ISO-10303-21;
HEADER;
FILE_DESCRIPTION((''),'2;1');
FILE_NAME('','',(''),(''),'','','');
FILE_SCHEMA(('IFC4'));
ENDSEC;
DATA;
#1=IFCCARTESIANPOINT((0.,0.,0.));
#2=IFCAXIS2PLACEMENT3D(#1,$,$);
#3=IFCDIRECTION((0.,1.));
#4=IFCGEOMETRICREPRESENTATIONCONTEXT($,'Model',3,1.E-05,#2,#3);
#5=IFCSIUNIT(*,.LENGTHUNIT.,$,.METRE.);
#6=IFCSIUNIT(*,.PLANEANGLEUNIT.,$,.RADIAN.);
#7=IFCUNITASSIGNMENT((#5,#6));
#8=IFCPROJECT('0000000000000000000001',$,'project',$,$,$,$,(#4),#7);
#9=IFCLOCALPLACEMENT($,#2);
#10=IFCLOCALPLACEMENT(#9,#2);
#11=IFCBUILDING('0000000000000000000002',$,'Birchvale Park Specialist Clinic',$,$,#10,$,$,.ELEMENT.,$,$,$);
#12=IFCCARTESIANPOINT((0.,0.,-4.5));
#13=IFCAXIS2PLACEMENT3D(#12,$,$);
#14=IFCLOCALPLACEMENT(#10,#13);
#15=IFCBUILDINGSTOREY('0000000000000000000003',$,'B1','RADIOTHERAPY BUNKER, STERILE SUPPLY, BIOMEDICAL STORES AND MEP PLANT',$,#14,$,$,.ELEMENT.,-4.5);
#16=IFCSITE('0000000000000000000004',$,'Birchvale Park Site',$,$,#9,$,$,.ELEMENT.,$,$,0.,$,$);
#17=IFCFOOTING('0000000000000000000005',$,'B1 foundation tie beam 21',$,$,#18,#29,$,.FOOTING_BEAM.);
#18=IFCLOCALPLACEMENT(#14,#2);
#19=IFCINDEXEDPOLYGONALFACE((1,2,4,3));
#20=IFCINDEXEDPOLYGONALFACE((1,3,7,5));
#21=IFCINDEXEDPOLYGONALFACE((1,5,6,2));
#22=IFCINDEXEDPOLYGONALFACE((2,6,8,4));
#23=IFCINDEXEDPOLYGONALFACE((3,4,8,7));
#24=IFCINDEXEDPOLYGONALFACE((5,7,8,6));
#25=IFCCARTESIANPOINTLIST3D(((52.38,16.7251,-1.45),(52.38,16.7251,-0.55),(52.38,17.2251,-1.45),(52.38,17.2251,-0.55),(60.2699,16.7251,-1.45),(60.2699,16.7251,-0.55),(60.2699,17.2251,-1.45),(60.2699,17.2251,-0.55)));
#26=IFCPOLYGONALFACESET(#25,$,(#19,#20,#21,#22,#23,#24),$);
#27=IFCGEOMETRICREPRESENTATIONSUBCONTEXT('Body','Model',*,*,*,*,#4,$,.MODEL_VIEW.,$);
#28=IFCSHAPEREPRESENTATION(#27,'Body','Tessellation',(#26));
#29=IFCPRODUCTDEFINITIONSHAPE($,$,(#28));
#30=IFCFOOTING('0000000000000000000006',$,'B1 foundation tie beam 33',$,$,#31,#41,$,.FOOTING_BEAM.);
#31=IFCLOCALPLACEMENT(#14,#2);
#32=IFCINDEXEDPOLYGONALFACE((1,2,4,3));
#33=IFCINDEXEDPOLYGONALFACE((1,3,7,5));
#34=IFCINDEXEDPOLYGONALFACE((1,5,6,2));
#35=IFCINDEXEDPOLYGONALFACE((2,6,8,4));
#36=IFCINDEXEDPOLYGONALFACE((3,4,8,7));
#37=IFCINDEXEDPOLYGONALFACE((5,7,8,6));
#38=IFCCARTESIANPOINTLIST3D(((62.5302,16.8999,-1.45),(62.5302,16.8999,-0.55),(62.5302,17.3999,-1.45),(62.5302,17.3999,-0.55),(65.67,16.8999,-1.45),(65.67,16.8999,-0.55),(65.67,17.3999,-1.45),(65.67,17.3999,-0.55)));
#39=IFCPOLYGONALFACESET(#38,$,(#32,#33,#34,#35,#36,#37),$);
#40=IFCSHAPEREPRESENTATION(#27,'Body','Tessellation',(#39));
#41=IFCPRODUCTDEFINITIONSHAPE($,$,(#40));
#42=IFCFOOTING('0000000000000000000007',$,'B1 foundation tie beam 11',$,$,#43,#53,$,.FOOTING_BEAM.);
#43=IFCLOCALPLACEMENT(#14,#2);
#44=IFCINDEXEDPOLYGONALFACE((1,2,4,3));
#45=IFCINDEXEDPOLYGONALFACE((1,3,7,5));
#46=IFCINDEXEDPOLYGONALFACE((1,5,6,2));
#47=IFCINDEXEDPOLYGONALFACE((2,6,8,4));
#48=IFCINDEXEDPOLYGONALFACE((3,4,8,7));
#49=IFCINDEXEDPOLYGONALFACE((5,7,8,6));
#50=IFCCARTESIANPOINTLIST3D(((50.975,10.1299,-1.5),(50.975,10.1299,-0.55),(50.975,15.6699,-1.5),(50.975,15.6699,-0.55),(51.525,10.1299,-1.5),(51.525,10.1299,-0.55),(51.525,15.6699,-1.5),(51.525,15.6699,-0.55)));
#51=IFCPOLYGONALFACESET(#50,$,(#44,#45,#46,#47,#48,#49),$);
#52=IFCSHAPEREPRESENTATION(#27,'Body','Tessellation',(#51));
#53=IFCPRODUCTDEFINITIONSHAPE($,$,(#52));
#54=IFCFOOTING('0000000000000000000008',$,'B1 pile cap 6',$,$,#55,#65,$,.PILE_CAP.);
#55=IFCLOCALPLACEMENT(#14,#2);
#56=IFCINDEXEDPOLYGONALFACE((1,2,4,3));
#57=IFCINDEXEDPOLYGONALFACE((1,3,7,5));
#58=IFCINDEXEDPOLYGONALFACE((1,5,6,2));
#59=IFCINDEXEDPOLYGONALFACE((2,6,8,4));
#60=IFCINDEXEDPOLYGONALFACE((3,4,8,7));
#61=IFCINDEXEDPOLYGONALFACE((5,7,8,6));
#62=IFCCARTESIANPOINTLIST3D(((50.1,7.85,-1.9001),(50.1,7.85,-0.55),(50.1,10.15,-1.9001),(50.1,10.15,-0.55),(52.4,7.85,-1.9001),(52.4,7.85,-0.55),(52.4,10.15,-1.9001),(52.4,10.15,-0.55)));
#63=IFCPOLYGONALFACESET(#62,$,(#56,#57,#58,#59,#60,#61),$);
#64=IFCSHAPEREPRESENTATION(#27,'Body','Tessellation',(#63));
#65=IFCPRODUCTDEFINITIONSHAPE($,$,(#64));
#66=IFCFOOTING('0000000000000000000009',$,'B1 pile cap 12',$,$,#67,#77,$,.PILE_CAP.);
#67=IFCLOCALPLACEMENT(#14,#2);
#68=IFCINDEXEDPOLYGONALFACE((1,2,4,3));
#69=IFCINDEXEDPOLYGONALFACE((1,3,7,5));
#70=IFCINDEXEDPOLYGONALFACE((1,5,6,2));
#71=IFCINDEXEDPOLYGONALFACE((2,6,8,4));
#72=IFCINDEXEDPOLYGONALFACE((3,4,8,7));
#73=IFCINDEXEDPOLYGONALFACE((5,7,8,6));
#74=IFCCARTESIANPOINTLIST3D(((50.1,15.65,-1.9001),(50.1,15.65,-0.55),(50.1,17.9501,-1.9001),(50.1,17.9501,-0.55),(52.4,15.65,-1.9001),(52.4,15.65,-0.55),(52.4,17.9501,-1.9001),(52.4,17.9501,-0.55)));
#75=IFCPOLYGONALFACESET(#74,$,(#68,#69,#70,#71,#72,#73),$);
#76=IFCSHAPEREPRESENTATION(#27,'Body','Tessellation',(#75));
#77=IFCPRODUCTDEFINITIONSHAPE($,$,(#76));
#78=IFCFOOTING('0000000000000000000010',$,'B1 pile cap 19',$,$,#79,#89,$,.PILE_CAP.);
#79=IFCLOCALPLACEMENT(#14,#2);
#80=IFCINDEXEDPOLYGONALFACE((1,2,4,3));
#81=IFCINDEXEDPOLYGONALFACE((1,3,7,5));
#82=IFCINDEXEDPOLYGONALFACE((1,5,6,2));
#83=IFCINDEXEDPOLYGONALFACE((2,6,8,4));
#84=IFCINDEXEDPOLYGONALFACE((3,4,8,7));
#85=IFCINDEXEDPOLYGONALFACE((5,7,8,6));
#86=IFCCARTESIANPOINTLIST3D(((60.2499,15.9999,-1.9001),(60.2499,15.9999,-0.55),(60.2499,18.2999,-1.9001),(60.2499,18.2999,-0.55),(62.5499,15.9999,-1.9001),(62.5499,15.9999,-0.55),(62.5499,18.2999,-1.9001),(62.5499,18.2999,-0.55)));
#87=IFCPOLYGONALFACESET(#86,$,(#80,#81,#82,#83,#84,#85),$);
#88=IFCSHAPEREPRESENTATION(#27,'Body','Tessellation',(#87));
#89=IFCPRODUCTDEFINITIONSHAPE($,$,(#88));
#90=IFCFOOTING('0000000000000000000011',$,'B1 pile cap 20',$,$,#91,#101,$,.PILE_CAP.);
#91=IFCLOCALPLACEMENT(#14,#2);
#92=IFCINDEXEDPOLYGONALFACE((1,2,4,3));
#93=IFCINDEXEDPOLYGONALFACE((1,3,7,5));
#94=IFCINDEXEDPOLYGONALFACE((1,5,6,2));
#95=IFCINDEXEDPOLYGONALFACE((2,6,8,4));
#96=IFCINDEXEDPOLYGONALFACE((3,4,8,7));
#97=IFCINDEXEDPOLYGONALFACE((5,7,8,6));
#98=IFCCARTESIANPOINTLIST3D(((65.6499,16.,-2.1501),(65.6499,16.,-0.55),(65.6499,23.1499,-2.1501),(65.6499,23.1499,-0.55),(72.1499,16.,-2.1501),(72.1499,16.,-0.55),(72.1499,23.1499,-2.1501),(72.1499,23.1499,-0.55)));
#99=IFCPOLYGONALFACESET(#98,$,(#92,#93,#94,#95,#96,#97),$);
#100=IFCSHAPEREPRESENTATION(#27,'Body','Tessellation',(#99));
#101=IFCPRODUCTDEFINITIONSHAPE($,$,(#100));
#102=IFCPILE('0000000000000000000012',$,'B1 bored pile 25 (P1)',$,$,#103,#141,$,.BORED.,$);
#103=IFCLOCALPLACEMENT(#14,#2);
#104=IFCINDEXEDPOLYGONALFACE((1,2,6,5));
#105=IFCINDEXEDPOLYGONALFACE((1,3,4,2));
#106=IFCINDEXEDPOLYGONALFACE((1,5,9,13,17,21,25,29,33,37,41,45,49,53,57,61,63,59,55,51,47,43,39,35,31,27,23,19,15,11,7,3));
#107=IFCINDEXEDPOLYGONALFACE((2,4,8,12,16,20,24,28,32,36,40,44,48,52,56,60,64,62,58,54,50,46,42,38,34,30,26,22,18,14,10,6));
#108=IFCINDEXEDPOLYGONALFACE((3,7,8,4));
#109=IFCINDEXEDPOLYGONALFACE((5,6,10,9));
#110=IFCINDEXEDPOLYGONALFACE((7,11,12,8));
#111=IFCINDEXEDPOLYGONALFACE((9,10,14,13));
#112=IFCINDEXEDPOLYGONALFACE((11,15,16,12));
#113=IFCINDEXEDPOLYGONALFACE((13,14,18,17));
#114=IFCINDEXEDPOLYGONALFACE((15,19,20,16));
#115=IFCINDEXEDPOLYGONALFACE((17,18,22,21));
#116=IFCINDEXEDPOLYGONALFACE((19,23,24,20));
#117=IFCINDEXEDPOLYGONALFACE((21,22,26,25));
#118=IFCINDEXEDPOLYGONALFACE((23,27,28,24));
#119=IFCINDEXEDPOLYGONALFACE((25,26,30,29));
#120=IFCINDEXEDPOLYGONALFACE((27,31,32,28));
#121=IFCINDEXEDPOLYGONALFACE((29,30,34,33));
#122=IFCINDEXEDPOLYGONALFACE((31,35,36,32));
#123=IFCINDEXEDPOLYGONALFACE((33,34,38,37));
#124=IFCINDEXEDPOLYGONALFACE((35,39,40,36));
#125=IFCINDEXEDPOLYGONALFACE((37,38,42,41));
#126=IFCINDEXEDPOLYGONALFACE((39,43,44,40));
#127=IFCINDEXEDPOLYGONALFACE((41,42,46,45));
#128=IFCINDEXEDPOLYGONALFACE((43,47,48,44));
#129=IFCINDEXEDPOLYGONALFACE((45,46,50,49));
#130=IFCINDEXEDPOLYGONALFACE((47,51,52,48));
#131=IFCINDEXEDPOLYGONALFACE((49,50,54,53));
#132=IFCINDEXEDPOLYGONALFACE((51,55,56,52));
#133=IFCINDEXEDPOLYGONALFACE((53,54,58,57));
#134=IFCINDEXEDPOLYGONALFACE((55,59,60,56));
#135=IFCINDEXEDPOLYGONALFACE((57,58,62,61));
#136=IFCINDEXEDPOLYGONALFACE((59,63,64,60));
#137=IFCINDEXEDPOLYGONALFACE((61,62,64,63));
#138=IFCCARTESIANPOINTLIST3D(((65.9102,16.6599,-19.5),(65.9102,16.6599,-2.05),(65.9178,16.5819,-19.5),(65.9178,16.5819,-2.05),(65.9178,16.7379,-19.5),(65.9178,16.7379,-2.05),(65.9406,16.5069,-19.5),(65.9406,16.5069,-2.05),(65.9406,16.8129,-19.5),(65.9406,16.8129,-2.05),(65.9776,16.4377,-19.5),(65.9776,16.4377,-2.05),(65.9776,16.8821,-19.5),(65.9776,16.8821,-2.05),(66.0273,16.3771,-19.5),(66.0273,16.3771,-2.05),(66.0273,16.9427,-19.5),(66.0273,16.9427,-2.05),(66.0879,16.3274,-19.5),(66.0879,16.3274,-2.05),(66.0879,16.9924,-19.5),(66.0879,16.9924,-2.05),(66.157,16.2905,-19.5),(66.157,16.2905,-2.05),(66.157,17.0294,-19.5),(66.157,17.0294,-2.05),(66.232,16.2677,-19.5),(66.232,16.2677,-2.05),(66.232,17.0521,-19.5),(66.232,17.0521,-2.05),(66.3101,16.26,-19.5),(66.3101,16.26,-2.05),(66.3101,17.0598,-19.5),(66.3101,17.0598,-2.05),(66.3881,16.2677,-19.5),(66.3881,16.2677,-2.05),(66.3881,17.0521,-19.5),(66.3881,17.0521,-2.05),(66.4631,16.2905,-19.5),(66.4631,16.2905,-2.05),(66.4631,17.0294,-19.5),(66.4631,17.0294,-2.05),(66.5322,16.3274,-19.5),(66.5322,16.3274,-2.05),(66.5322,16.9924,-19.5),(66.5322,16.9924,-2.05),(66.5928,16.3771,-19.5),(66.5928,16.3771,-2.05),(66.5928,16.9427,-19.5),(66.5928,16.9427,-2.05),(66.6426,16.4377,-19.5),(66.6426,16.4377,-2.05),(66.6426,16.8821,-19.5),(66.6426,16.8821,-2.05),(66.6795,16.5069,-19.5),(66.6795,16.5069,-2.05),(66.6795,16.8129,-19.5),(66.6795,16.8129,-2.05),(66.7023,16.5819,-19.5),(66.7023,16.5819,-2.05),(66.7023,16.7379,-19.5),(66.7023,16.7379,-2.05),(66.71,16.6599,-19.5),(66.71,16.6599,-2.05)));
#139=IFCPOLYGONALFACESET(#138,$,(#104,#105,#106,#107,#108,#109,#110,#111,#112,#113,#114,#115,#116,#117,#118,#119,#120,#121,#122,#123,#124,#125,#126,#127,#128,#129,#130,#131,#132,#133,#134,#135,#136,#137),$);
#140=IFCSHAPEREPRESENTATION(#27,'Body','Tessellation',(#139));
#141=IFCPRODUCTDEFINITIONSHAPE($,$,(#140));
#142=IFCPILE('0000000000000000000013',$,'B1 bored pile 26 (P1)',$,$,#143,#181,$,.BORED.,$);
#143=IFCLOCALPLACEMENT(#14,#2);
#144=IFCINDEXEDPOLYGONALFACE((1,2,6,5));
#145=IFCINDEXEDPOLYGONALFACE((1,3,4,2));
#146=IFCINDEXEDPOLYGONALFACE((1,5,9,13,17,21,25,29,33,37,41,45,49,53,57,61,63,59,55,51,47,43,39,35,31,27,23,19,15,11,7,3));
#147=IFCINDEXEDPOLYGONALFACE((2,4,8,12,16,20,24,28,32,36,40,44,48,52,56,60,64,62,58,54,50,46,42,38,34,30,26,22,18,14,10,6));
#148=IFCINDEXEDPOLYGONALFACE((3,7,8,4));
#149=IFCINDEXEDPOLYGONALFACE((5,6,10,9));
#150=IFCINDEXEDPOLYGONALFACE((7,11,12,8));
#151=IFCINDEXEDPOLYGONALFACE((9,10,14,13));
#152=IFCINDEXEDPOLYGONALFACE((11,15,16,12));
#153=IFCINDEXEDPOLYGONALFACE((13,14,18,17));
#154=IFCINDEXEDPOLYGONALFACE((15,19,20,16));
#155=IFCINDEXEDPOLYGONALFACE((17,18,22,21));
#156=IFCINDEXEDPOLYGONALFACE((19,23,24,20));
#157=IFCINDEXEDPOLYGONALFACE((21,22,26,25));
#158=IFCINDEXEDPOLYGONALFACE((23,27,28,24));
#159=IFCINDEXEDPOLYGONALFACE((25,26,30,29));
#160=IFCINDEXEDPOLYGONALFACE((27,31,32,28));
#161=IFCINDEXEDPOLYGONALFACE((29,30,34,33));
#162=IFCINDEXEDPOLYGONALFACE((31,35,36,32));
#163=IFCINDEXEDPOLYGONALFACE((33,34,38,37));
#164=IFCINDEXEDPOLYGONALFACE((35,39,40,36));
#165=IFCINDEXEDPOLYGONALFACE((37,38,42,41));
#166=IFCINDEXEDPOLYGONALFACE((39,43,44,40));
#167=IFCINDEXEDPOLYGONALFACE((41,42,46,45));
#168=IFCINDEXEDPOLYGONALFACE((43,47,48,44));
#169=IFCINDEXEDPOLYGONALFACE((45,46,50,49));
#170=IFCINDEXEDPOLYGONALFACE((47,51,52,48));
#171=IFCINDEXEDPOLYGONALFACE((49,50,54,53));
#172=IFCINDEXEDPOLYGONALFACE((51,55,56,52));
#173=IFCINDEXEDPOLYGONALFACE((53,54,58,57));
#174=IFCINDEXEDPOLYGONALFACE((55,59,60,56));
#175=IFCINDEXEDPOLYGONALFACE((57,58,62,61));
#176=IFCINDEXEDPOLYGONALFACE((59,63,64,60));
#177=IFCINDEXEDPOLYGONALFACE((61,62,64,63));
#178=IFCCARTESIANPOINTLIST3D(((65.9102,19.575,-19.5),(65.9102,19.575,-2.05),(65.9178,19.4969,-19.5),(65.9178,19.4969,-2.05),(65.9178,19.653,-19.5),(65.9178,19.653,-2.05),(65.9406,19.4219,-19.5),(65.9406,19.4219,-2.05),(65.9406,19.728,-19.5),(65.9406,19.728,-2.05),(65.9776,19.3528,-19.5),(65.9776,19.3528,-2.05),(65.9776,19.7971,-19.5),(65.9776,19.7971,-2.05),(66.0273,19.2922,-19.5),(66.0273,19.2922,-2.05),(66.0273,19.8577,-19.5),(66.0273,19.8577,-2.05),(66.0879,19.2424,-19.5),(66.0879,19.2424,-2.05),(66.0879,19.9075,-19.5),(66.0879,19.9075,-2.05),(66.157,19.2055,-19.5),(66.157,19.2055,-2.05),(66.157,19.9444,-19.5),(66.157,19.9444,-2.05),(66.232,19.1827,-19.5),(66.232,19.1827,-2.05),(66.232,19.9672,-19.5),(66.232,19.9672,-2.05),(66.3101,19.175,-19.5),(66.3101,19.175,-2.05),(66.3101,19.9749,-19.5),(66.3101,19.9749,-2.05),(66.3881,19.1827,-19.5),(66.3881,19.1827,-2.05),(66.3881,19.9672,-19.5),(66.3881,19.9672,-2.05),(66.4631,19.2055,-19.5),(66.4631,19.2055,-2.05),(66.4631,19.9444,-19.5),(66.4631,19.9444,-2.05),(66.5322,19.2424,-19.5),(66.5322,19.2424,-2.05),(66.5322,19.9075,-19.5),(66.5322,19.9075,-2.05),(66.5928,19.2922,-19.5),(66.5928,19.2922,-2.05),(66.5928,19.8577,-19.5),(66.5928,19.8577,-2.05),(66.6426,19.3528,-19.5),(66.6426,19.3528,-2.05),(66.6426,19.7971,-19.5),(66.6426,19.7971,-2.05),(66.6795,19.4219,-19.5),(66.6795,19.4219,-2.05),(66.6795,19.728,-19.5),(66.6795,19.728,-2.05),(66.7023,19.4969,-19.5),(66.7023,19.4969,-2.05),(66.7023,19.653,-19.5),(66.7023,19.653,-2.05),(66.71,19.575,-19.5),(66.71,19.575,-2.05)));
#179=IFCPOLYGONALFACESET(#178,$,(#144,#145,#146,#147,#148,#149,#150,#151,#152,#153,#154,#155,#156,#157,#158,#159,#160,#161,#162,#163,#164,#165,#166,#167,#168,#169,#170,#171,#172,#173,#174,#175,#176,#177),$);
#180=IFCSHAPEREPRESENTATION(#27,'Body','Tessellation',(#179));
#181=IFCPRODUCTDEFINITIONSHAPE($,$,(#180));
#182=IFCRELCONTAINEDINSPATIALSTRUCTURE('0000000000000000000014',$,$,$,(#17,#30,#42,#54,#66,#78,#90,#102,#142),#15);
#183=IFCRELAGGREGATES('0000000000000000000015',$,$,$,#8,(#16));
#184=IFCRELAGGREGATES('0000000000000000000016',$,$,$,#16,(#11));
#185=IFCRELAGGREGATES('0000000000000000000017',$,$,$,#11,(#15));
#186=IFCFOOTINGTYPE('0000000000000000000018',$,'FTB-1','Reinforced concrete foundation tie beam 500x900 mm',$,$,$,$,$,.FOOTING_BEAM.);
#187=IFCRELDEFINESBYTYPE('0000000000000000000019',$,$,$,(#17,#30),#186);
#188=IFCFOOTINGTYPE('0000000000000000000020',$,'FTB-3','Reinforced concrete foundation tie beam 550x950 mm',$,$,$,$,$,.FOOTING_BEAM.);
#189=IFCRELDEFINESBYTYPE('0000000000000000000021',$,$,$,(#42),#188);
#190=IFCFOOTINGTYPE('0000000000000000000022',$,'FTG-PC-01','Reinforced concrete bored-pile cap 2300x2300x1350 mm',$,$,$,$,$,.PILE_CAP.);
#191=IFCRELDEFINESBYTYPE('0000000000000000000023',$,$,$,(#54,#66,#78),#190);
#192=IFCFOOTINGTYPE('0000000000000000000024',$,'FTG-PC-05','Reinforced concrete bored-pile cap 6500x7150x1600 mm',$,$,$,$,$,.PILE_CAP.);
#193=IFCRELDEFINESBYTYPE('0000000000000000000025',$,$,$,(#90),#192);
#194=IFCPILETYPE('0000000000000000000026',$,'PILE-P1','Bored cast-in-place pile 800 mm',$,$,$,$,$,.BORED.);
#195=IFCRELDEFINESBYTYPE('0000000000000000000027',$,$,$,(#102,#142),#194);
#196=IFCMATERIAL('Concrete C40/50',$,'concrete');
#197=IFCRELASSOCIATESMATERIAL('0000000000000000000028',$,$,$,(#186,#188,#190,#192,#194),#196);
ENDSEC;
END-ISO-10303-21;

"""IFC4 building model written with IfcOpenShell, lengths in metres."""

from ifc_helpers import new_model, si_unit, direction, frame, origin, origin_2d, place, context, subcontext, project, spatial, rectangle, circle, extrude, material, material_profile, profile_set, type_object, element, save


model = new_model("IFC4")

# Units and contexts
model_context = context("Model", 3, precision=1e-05, world=origin(), true_north=direction((0.0, 1.0)))
body_context = subcontext(model_context, "Body", "Model", "MODEL_VIEW")
ifc_project = project(units=[si_unit("LENGTHUNIT", "METRE"), si_unit("PLANEANGLEUNIT", "RADIAN")], contexts=[model_context])

# Site, building, storey
site_placement = place(None, origin())
site = spatial("IfcSite", under=ifc_project, at=site_placement, Name="Birchvale Park Site", CompositionType="ELEMENT", RefElevation=0.0)
building_placement = place(site_placement, origin())
building = spatial("IfcBuilding", under=site, at=building_placement, Name="Birchvale Park Specialist Clinic", CompositionType="ELEMENT")
storey_placement = place(building_placement, frame((0.0, 0.0, -4.5)))
storey = spatial("IfcBuildingStorey", under=building, at=storey_placement, Name="B1", Description="RADIOTHERAPY BUNKER, STERILE SUPPLY, BIOMEDICAL STORES AND MEP PLANT", CompositionType="ELEMENT", Elevation=-4.5)

# Footings
ifc_material_1 = material(Name="Concrete C40/50", Category="concrete")
footing_type_1 = type_object("IfcFootingType", Name="FTB-1", Description="Reinforced concrete foundation tie beam 500x900 mm", PredefinedType="FOOTING_BEAM", material=ifc_material_1)
footing_1_placement = place(storey_placement, frame((56.325, 16.9751, -1.45), z_axis=(0.0, 0.0, 1.0), x_axis=(1.0, 0.0, 0.0)))
element("IfcFooting", 1, at=footing_1_placement, inside=storey, type_object=footing_type_1, Name="B1 foundation tie beam 21", PredefinedType="FOOTING_BEAM", context=body_context, shape_type="SweptSolid", body=[
    extrude(rectangle(XDim=7.8899, YDim=0.5, at=origin_2d()), origin(), (0.0, 0.0, 1.0), 0.8999),
])
footing_2_placement = place(storey_placement, frame((64.1001, 17.1499, -1.45), z_axis=(0.0, 0.0, 1.0), x_axis=(1.0, 0.0, 0.0)))
element("IfcFooting", 2, at=footing_2_placement, inside=storey, type_object=footing_type_1, Name="B1 foundation tie beam 33", PredefinedType="FOOTING_BEAM", context=body_context, shape_type="SweptSolid", body=[
    extrude(rectangle(XDim=3.1399, YDim=0.5, at=origin_2d()), origin(), (0.0, 0.0, 1.0), 0.8999),
])
footing_type_2 = type_object("IfcFootingType", Name="FTB-3", Description="Reinforced concrete foundation tie beam 550x950 mm", PredefinedType="FOOTING_BEAM", material=ifc_material_1)
footing_3_placement = place(storey_placement, frame((51.25, 12.8999, -1.5), z_axis=(0.0, 0.0, 1.0), x_axis=(1.0, 0.0, 0.0)))
element("IfcFooting", 3, at=footing_3_placement, inside=storey, type_object=footing_type_2, Name="B1 foundation tie beam 11", PredefinedType="FOOTING_BEAM", context=body_context, shape_type="SweptSolid", body=[
    extrude(rectangle(XDim=0.55, YDim=5.54, at=origin_2d()), origin(), (0.0, 0.0, 1.0), 0.95),
])
footing_type_3 = type_object("IfcFootingType", Name="FTG-PC-01", Description="Reinforced concrete bored-pile cap 2300x2300x1350 mm", PredefinedType="PILE_CAP", material=ifc_material_1)
for number, where, z_axis, x_axis, name in (
    (4, (51.25, 9.0, -1.9001), (0.0, 0.0, 1.0), (1.0, 0.0, 0.0), "B1 pile cap 6"),
    (5, (51.25, 16.8, -1.9001), (0.0, 0.0, 1.0), (1.0, 0.0, 0.0), "B1 pile cap 12"),
    (6, (61.3999, 17.1499, -1.9001), (0.0, 0.0, 1.0), (1.0, 0.0, 0.0), "B1 pile cap 19"),
):
    element("IfcFooting", number, at=place(storey_placement, frame(where, z_axis=z_axis, x_axis=x_axis)), inside=storey, type_object=footing_type_3, Name=name, PredefinedType="PILE_CAP", context=body_context, shape_type="SweptSolid", body=[
        extrude(rectangle(XDim=2.3, YDim=2.3, at=origin_2d()), origin(), (0.0, 0.0, 1.0), 1.3501),
    ])
footing_type_4 = type_object("IfcFootingType", Name="FTG-PC-05", Description="Reinforced concrete bored-pile cap 6500x7150x1600 mm", PredefinedType="PILE_CAP", material=ifc_material_1)
footing_4_placement = place(storey_placement, frame((68.8999, 19.575, -2.1501), z_axis=(0.0, 0.0, 1.0), x_axis=(1.0, 0.0, 0.0)))
element("IfcFooting", 7, at=footing_4_placement, inside=storey, type_object=footing_type_4, Name="B1 pile cap 20", PredefinedType="PILE_CAP", context=body_context, shape_type="SweptSolid", body=[
    extrude(rectangle(XDim=6.5, YDim=7.1499, at=origin_2d()), origin(), (0.0, 0.0, 1.0), 1.6001),
])

# Piles
ifc_material_profile_1 = material_profile(ifc_material_1, circle(Radius=0.3999, at=origin_2d()), Name="PILE-800")
ifc_profile_set_1 = profile_set([ifc_material_profile_1], Name="Concrete C40/50")
pile_type_1 = type_object("IfcPileType", Name="PILE-P1", Description="Bored cast-in-place pile 800 mm", PredefinedType="BORED", material=ifc_profile_set_1)
for number, where, z_axis, x_axis, name in (
    (8, (66.3101, 16.6599, -2.05), (0.0, 0.0, -1.0), (1.0, 0.0, 0.0), "B1 bored pile 25 (P1)"),
    (9, (66.3101, 19.575, -2.05), (0.0, 0.0, -1.0), (1.0, 0.0, 0.0), "B1 bored pile 26 (P1)"),
):
    element("IfcPile", number, at=place(storey_placement, frame(where, z_axis=z_axis, x_axis=x_axis)), inside=storey, type_object=pile_type_1, Name=name, PredefinedType="BORED", context=body_context, shape_type="SweptSolid", body=[
        extrude(circle(Radius=0.3999, at=origin_2d()), origin(), (0.0, 0.0, 1.0), 17.45),
    ])

save(model, "model.ifc")
